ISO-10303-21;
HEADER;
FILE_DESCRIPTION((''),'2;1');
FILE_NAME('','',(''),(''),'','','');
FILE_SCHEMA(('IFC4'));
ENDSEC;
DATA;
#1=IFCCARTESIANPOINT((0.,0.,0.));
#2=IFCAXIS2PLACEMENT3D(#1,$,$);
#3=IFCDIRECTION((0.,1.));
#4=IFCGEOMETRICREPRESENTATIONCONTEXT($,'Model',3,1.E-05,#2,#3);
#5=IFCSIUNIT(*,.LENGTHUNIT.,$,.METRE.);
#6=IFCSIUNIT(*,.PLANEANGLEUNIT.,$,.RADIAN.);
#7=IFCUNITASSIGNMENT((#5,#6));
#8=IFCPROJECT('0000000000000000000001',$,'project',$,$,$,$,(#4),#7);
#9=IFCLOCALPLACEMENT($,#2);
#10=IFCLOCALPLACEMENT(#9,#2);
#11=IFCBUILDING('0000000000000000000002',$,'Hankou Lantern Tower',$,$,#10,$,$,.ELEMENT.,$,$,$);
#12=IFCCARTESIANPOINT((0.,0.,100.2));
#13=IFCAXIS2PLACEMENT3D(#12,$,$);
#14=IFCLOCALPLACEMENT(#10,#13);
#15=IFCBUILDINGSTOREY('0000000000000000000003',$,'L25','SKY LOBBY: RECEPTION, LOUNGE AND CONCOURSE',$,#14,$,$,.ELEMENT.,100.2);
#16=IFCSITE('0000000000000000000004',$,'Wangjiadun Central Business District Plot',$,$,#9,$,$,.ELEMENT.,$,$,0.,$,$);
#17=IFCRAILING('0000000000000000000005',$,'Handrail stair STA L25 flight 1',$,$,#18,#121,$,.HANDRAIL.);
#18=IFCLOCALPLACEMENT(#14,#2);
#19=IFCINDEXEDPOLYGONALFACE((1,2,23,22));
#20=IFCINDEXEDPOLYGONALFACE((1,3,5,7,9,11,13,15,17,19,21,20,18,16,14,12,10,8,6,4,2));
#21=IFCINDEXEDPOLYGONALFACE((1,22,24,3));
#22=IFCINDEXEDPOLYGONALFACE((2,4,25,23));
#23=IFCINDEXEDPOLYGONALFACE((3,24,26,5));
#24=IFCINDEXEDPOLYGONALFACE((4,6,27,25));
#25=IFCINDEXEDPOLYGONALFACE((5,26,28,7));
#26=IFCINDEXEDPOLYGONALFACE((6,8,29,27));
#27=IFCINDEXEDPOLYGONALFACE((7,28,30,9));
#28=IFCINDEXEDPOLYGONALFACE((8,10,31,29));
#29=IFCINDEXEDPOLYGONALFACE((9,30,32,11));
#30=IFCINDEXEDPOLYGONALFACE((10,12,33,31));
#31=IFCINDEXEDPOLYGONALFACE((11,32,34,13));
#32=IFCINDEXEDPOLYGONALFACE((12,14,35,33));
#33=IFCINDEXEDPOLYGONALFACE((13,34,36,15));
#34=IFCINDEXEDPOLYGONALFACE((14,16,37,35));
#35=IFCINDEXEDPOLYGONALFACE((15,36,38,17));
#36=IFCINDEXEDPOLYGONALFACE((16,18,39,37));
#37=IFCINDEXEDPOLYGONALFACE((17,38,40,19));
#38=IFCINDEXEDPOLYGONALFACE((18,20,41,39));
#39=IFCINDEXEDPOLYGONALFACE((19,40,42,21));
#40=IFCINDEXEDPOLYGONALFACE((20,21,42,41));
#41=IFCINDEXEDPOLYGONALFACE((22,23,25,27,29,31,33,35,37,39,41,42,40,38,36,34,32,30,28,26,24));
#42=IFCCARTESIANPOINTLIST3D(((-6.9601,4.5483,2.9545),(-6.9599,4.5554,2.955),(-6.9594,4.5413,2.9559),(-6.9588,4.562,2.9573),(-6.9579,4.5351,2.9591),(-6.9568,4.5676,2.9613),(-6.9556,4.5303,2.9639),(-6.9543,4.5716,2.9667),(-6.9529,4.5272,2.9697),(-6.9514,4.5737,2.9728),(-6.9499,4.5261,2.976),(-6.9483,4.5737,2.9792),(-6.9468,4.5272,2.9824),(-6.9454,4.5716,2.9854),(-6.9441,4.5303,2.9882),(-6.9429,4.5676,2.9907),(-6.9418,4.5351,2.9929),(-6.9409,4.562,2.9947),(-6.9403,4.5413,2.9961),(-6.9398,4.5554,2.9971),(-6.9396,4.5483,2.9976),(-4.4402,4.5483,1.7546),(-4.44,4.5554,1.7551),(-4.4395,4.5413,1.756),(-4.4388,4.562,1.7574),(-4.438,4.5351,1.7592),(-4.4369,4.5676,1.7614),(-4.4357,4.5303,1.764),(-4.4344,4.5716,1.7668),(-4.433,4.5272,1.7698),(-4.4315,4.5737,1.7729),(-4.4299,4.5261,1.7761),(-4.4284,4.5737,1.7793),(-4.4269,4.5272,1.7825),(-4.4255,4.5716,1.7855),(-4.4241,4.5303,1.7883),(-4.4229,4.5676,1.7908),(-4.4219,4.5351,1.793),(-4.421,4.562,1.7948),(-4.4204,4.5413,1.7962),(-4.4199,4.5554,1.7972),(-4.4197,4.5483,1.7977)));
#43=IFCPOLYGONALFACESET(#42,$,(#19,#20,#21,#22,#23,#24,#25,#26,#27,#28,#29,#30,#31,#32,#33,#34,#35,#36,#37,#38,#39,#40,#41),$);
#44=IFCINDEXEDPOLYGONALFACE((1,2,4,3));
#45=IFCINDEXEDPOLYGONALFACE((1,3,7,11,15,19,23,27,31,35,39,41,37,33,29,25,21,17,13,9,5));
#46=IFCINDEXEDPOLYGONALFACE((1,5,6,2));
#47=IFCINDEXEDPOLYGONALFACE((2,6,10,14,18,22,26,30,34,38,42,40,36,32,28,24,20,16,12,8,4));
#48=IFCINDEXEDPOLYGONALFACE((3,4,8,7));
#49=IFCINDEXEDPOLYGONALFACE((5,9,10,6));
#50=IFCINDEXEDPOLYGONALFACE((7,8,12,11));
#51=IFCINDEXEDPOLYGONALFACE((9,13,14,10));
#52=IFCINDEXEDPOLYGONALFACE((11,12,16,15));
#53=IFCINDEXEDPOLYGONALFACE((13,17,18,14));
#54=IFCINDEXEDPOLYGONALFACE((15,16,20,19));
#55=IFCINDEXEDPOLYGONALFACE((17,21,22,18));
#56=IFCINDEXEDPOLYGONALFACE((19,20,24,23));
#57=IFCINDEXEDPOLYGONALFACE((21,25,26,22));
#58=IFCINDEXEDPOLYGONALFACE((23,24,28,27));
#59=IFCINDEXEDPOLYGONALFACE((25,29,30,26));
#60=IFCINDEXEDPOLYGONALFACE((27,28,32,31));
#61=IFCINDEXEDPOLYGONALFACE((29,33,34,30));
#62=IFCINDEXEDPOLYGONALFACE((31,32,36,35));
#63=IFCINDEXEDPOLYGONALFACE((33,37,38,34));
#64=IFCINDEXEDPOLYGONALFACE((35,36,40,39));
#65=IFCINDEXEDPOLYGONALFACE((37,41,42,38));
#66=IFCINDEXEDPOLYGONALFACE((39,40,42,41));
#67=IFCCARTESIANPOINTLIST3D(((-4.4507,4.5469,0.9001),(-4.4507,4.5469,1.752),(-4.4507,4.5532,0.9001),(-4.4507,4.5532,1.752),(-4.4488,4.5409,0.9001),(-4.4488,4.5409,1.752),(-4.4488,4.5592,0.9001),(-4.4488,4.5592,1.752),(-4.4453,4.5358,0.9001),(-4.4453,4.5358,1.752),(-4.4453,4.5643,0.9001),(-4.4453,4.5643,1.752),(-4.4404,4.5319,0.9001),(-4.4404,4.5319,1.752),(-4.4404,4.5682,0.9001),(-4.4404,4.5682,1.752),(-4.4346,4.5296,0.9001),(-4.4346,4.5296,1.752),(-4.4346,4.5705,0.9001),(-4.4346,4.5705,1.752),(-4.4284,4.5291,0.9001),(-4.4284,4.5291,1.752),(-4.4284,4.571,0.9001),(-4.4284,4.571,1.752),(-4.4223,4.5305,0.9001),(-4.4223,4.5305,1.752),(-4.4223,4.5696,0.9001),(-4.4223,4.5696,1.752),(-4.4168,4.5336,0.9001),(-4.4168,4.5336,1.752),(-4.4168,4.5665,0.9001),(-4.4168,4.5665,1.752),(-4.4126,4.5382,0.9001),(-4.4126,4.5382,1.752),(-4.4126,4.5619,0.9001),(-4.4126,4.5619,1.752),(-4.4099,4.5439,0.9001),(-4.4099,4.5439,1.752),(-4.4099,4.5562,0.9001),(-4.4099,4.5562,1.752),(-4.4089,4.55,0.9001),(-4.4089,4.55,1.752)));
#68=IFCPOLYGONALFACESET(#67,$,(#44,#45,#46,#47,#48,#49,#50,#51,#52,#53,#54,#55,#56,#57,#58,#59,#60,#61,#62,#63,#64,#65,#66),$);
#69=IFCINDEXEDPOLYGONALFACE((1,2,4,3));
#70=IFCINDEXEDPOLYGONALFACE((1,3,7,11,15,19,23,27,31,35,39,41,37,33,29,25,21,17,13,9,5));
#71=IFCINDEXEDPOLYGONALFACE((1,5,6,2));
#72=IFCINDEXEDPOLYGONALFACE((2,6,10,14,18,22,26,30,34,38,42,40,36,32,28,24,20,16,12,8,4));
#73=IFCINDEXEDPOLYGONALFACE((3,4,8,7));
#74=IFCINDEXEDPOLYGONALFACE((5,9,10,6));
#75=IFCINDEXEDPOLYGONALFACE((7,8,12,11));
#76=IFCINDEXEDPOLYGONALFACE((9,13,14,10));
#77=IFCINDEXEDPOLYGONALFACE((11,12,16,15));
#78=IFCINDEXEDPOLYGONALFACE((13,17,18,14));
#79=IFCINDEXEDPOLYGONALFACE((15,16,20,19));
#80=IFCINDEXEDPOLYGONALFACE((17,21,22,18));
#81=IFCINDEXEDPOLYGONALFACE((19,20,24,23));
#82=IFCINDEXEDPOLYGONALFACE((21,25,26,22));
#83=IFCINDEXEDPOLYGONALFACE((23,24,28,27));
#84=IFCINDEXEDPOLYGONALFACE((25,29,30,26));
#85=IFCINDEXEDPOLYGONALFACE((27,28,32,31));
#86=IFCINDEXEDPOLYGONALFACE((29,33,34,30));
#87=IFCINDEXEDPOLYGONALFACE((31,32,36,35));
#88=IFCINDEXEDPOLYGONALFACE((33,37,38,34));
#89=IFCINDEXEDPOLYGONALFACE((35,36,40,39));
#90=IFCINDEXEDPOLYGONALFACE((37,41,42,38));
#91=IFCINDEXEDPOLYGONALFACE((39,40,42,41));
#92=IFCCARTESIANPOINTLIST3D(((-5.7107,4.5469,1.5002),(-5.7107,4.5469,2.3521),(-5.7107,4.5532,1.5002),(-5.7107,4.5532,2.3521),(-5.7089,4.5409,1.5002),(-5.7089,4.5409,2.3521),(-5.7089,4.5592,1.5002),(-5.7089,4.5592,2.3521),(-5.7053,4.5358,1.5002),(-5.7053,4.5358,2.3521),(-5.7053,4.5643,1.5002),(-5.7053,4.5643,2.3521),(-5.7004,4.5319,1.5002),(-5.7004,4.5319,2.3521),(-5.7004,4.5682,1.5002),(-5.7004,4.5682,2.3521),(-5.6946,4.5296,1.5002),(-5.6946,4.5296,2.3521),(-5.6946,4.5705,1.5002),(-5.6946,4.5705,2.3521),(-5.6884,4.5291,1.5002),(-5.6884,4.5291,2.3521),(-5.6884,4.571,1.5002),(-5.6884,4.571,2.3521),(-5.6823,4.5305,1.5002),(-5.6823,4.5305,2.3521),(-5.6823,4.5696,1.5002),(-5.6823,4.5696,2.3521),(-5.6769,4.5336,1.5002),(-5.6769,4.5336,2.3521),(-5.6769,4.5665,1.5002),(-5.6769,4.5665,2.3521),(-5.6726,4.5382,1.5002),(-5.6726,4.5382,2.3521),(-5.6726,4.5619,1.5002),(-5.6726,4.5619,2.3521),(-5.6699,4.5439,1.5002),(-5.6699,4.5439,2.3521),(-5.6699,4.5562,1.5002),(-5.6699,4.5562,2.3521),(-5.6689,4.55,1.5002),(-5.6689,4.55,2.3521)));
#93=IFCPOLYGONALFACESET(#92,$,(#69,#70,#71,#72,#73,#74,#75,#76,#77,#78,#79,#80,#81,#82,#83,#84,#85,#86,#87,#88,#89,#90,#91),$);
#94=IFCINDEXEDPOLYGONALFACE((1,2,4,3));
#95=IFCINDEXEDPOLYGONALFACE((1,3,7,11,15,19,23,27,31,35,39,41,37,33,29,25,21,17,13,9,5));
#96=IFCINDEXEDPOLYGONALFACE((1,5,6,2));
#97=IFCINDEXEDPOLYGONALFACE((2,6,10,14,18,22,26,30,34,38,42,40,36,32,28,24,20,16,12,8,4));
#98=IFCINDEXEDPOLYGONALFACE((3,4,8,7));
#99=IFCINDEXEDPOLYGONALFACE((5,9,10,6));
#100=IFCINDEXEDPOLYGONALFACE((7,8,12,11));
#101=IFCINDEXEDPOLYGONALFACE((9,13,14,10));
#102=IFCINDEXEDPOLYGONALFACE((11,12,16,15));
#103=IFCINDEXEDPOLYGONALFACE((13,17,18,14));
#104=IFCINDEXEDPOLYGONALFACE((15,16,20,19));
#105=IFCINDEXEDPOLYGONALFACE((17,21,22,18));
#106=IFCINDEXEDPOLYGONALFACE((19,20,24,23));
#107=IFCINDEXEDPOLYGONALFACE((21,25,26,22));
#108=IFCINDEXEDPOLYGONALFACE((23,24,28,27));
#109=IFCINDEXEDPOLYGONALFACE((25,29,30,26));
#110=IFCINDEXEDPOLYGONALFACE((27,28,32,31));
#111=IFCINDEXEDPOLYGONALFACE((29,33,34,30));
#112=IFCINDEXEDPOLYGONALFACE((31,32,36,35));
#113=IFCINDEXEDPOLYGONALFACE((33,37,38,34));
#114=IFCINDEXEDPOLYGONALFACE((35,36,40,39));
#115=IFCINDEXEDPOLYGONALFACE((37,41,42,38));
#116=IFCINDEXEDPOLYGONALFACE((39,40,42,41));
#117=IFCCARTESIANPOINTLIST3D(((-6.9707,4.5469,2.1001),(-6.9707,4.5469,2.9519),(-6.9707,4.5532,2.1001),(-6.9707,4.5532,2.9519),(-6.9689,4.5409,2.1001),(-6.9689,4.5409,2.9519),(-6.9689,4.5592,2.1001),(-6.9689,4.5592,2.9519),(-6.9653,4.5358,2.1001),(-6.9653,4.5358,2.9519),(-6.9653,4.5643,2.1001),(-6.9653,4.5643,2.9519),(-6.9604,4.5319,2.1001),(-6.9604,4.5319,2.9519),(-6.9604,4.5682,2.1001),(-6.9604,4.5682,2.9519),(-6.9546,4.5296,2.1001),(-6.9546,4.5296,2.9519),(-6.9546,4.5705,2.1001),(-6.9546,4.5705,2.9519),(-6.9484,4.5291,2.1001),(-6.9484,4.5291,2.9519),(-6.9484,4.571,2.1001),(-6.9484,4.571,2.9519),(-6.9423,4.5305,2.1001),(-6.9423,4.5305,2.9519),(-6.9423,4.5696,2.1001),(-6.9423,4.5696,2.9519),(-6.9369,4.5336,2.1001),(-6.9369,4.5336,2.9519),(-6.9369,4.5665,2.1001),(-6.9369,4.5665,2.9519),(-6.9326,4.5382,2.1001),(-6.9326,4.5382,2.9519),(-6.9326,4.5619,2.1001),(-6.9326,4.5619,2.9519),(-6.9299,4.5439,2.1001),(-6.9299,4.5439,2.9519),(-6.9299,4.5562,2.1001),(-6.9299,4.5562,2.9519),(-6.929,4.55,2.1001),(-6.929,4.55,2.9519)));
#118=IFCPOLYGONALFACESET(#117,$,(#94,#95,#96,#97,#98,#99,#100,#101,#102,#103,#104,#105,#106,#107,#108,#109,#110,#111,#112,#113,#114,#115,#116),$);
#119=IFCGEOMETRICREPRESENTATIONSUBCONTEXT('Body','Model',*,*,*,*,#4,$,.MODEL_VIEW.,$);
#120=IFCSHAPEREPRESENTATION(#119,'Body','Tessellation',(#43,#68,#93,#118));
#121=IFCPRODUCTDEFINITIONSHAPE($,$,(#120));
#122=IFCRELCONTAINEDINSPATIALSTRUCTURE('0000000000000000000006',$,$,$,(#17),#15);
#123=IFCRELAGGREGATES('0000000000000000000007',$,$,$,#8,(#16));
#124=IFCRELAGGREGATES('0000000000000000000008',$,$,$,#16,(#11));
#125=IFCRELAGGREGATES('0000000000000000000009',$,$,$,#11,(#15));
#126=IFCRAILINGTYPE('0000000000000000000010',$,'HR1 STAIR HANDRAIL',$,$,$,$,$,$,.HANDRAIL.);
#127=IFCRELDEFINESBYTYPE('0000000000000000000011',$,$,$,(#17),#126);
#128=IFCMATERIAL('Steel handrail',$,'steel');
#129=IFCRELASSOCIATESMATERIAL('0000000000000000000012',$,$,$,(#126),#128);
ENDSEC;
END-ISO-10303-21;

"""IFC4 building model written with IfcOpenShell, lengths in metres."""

from ifc_helpers import new_model, si_unit, direction, frame, origin, origin_2d, place, context, subcontext, project, spatial, circle, extrude, material, type_object, element, save


model = new_model("IFC4")

# Units and contexts
model_context = context("Model", 3, precision=1e-05, world=origin(), true_north=direction((0.0, 1.0)))
body_context = subcontext(model_context, "Body", "Model", "MODEL_VIEW")
ifc_project = project(units=[si_unit("LENGTHUNIT", "METRE"), si_unit("PLANEANGLEUNIT", "RADIAN")], contexts=[model_context])

# Site, building, storey
site_placement = place(None, origin())
site = spatial("IfcSite", under=ifc_project, at=site_placement, Name="Wangjiadun Central Business District Plot", CompositionType="ELEMENT", RefElevation=0.0)
building_placement = place(site_placement, origin())
building = spatial("IfcBuilding", under=site, at=building_placement, Name="Hankou Lantern Tower", CompositionType="ELEMENT")
storey_placement = place(building_placement, frame((0.0, 0.0, 100.2)))
storey = spatial("IfcBuildingStorey", under=building, at=storey_placement, Name="L25", Description="SKY LOBBY: RECEPTION, LOUNGE AND CONCOURSE", CompositionType="ELEMENT", Elevation=100.2)

# Railing
ifc_material_1 = material(Name="Steel handrail", Category="steel")
railing_type = type_object("IfcRailingType", Name="HR1 STAIR HANDRAIL", PredefinedType="HANDRAIL", material=ifc_material_1)
railing_1_placement = place(storey_placement, frame((-4.4299, 4.55, 0.9001)))
element("IfcRailing", 1, at=railing_1_placement, inside=storey, type_object=railing_type, Name="Handrail stair STA L25 flight 1", PredefinedType="HANDRAIL", context=body_context, shape_type="SweptSolid", body=[
    extrude(circle(Radius=0.0239, at=origin_2d()), frame((0.0, 0.0, 0.876), z_axis=(-0.902869, 0.0, 0.429917), x_axis=(0.0, -1.0, 0.0)), (0.0, 0.0, 1.0), 2.791),
    extrude(circle(Radius=0.021, at=origin_2d()), origin(), (0.0, 0.0, 1.0), 0.8518),
    extrude(circle(Radius=0.021, at=origin_2d()), frame((-1.26, 0.0, 0.6001)), (0.0, 0.0, 1.0), 0.8518),
    extrude(circle(Radius=0.021, at=origin_2d()), frame((-2.52, 0.0, 1.2)), (0.0, 0.0, 1.0), 0.8518),
])

save(model, "model.ifc")
